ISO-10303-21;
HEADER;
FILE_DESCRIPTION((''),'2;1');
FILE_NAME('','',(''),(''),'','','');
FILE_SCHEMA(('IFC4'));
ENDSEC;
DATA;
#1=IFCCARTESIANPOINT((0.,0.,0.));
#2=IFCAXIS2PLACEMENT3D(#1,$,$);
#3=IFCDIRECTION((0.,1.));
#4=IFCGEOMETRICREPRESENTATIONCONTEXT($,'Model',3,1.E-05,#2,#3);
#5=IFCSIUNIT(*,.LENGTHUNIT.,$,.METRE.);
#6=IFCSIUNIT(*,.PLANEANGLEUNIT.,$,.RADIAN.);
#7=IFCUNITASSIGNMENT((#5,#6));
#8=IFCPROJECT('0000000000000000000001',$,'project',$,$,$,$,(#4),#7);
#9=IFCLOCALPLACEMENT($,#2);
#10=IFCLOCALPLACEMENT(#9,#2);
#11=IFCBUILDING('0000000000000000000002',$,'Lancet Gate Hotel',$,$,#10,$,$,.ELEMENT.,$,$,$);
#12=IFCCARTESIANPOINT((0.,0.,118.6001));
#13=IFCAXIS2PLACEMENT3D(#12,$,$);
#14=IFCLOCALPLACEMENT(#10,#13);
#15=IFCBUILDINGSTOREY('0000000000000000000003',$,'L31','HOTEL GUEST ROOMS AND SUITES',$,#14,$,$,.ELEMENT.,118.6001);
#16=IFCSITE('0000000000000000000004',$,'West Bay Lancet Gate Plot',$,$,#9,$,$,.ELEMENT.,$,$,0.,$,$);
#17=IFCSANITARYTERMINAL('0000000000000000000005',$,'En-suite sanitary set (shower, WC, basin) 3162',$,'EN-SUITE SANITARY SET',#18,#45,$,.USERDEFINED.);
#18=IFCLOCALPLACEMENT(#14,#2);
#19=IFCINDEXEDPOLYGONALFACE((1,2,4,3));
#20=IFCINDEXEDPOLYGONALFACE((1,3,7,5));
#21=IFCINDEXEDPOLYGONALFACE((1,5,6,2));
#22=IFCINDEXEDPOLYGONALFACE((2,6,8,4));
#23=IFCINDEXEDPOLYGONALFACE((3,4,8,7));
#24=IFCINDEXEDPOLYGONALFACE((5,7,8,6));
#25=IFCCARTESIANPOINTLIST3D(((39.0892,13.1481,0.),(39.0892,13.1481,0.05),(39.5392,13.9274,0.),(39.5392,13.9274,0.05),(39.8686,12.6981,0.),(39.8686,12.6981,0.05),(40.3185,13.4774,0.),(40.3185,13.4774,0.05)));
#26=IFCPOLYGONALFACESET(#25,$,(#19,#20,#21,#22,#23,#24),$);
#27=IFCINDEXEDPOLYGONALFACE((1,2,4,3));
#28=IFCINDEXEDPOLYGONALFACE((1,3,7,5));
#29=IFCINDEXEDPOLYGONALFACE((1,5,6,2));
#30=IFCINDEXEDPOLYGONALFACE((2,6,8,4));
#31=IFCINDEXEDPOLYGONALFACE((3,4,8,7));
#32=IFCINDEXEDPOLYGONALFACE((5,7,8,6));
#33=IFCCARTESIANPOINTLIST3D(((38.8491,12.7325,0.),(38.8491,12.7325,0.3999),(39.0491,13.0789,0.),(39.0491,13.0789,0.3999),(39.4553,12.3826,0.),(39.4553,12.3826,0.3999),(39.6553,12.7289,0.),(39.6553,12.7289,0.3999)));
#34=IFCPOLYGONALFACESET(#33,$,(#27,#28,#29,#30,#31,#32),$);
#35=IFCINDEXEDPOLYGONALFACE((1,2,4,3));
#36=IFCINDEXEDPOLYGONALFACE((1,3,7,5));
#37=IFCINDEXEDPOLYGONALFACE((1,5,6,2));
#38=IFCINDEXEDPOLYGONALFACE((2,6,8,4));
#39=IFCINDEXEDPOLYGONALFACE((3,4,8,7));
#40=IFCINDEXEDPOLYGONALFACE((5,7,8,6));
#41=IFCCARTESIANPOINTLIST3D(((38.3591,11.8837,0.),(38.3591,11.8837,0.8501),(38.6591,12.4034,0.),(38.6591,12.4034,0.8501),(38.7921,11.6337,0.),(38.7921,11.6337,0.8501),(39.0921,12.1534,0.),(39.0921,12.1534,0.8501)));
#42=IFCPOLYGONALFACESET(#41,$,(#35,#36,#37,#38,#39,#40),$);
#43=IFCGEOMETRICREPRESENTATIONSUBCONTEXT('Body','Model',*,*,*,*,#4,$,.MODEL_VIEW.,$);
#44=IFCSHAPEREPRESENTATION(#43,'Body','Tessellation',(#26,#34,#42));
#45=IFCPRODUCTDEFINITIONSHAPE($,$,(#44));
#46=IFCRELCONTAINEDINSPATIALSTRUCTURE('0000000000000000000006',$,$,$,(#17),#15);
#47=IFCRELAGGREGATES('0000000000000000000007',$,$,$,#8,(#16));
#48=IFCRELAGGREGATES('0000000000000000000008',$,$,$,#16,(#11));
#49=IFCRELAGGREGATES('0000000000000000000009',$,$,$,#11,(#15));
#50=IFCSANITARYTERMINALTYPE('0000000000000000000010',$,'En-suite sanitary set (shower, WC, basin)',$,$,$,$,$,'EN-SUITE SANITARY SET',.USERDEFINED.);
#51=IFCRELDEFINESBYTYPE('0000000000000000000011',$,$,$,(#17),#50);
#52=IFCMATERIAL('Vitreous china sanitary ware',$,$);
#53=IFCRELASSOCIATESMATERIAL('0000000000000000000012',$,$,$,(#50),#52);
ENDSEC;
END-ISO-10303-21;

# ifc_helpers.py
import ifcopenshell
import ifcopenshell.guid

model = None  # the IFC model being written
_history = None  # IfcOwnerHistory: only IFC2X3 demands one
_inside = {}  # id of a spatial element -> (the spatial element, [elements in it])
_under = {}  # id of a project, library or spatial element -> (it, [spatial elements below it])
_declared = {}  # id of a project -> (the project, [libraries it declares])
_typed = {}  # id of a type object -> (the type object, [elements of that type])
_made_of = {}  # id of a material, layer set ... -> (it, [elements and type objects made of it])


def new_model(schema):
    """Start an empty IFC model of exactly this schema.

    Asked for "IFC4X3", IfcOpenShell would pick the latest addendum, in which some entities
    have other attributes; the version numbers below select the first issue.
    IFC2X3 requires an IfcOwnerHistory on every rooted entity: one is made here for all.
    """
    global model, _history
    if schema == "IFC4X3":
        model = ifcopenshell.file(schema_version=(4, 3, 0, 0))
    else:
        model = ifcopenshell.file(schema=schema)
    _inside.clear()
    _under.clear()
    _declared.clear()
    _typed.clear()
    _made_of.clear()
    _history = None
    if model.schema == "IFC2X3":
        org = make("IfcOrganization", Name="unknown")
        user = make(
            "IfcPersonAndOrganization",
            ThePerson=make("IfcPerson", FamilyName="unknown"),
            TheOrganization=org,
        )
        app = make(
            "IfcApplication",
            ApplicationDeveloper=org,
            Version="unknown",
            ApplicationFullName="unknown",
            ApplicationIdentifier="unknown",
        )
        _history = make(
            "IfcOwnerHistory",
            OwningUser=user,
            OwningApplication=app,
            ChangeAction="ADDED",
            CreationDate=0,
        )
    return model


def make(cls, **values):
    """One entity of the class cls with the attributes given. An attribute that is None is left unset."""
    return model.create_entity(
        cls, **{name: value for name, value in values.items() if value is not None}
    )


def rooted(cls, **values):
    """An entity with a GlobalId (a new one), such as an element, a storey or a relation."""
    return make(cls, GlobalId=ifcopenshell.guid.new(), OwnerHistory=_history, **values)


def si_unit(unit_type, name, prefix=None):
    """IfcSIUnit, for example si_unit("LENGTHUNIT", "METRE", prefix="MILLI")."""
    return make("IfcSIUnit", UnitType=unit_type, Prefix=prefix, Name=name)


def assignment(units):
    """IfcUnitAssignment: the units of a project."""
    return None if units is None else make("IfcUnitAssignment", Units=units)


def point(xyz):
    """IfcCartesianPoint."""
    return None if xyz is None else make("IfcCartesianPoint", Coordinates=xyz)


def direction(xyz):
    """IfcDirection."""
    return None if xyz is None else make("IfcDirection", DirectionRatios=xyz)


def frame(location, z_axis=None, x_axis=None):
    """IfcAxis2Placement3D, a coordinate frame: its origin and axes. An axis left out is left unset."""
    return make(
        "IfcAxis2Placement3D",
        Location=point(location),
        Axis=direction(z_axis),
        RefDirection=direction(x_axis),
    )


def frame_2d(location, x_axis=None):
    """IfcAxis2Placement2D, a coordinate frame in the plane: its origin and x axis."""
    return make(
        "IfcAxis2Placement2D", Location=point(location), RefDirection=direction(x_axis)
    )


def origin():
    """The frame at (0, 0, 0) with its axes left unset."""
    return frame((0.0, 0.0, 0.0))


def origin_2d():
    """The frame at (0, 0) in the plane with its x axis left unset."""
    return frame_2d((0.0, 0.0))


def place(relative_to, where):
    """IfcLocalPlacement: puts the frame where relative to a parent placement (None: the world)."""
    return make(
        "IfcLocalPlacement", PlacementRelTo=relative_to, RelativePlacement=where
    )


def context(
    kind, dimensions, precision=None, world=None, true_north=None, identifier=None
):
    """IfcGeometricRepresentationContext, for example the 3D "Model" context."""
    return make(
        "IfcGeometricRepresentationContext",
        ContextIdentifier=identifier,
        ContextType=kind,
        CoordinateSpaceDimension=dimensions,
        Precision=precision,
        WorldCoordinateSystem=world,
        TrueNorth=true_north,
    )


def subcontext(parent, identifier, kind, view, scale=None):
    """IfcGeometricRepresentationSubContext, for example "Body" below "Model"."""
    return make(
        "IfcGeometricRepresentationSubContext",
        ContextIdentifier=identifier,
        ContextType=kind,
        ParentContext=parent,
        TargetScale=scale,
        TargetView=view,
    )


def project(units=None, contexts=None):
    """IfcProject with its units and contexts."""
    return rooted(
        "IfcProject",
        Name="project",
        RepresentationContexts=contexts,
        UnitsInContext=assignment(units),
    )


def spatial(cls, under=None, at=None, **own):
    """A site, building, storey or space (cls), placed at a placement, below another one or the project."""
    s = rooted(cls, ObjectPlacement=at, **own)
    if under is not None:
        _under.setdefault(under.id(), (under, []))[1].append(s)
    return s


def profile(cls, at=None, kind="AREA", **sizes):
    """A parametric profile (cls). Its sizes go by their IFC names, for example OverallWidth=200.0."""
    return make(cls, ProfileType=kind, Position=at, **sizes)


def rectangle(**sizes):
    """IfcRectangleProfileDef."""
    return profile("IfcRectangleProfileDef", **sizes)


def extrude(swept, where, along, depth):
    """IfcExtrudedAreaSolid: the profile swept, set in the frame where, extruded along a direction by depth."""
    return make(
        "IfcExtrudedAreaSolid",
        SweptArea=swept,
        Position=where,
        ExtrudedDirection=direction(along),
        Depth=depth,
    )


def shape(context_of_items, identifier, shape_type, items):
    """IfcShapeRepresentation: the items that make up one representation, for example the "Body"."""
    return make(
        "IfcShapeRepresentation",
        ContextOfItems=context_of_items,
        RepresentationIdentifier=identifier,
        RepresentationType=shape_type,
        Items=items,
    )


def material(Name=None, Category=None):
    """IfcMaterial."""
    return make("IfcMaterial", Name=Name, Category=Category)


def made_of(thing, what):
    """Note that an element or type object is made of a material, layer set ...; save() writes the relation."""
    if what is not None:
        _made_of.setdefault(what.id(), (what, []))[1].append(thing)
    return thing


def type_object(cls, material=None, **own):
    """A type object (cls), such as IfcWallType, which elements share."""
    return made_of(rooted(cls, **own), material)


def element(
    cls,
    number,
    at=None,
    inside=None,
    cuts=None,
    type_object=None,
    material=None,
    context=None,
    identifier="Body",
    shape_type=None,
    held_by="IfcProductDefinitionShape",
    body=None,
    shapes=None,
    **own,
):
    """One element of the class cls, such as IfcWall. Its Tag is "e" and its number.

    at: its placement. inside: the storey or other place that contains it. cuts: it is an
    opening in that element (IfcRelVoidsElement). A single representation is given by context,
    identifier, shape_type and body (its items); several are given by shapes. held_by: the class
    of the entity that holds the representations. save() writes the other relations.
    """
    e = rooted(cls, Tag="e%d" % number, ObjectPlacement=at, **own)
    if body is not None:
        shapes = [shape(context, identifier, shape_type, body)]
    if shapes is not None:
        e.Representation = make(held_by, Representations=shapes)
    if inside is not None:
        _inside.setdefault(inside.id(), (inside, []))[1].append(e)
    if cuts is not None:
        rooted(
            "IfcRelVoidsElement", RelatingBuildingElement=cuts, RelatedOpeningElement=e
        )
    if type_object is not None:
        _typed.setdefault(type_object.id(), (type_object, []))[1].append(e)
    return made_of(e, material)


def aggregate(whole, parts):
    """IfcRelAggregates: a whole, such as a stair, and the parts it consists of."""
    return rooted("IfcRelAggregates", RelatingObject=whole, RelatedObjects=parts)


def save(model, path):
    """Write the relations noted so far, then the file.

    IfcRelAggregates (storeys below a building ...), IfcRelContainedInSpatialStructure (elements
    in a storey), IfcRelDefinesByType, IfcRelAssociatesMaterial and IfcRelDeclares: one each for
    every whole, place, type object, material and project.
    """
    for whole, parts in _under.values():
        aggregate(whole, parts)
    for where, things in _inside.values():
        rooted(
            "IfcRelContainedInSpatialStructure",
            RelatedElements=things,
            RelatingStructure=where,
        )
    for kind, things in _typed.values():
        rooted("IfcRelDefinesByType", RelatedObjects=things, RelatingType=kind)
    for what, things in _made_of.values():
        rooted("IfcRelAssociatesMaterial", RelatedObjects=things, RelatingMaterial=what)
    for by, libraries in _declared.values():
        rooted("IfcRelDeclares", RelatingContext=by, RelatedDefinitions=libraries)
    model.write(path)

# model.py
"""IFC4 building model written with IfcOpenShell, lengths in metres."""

from ifc_helpers import new_model, si_unit, direction, frame, origin, origin_2d, place, context, subcontext, project, spatial, rectangle, extrude, material, type_object, element, save


model = new_model("IFC4")

# Units and contexts
model_context = context("Model", 3, precision=1e-05, world=origin(), true_north=direction((0.0, 1.0)))
body_context = subcontext(model_context, "Body", "Model", "MODEL_VIEW")
ifc_project = project(units=[si_unit("LENGTHUNIT", "METRE"), si_unit("PLANEANGLEUNIT", "RADIAN")], contexts=[model_context])

# Site, building, storey
site_placement = place(None, origin())
site = spatial("IfcSite", under=ifc_project, at=site_placement, Name="West Bay Lancet Gate Plot", CompositionType="ELEMENT", RefElevation=0.0)
building_placement = place(site_placement, origin())
building = spatial("IfcBuilding", under=site, at=building_placement, Name="Lancet Gate Hotel", CompositionType="ELEMENT")
storey_placement = place(building_placement, frame((0.0, 0.0, 118.6001)))
storey = spatial("IfcBuildingStorey", under=building, at=storey_placement, Name="L31", Description="HOTEL GUEST ROOMS AND SUITES", CompositionType="ELEMENT", Elevation=118.6001)

# Sanitary terminal
ifc_material_1 = material(Name="Vitreous china sanitary ware")
sanitary_terminal_type = type_object("IfcSanitaryTerminalType", Name="En-suite sanitary set (shower, WC, basin)", ElementType="EN-SUITE SANITARY SET", PredefinedType="USERDEFINED", material=ifc_material_1)
sanitary_terminal_placement = place(storey_placement, frame((39.7039, 13.3127, 0.0), z_axis=(0.0, 0.0, 1.0), x_axis=(1.0, 0.0, 0.0)))
element("IfcSanitaryTerminal", 1, at=sanitary_terminal_placement, inside=storey, type_object=sanitary_terminal_type, Name="En-suite sanitary set (shower, WC, basin) 3162", ObjectType="EN-SUITE SANITARY SET", PredefinedType="USERDEFINED", context=body_context, shape_type="SweptSolid", body=[
    extrude(rectangle(XDim=0.8999, YDim=0.8999, at=origin_2d()), frame((0.0, 0.0, 0.0), z_axis=(0.0, 0.0, 1.0), x_axis=(0.5, 0.866025, 0.0)), (0.0, 0.0, 1.0), 0.05),
    extrude(rectangle(XDim=0.3999, YDim=0.7, at=origin_2d()), frame((-0.4517, -0.582, 0.0), z_axis=(0.0, 0.0, 1.0), x_axis=(0.5, 0.866025, 0.0)), (0.0, 0.0, 1.0), 0.3999),
    extrude(rectangle(XDim=0.6001, YDim=0.5, at=origin_2d()), frame((-0.9783, -1.2942, 0.0), z_axis=(0.0, 0.0, 1.0), x_axis=(0.5, 0.866025, 0.0)), (0.0, 0.0, 1.0), 0.8501),
])

save(model, "model.ifc")
